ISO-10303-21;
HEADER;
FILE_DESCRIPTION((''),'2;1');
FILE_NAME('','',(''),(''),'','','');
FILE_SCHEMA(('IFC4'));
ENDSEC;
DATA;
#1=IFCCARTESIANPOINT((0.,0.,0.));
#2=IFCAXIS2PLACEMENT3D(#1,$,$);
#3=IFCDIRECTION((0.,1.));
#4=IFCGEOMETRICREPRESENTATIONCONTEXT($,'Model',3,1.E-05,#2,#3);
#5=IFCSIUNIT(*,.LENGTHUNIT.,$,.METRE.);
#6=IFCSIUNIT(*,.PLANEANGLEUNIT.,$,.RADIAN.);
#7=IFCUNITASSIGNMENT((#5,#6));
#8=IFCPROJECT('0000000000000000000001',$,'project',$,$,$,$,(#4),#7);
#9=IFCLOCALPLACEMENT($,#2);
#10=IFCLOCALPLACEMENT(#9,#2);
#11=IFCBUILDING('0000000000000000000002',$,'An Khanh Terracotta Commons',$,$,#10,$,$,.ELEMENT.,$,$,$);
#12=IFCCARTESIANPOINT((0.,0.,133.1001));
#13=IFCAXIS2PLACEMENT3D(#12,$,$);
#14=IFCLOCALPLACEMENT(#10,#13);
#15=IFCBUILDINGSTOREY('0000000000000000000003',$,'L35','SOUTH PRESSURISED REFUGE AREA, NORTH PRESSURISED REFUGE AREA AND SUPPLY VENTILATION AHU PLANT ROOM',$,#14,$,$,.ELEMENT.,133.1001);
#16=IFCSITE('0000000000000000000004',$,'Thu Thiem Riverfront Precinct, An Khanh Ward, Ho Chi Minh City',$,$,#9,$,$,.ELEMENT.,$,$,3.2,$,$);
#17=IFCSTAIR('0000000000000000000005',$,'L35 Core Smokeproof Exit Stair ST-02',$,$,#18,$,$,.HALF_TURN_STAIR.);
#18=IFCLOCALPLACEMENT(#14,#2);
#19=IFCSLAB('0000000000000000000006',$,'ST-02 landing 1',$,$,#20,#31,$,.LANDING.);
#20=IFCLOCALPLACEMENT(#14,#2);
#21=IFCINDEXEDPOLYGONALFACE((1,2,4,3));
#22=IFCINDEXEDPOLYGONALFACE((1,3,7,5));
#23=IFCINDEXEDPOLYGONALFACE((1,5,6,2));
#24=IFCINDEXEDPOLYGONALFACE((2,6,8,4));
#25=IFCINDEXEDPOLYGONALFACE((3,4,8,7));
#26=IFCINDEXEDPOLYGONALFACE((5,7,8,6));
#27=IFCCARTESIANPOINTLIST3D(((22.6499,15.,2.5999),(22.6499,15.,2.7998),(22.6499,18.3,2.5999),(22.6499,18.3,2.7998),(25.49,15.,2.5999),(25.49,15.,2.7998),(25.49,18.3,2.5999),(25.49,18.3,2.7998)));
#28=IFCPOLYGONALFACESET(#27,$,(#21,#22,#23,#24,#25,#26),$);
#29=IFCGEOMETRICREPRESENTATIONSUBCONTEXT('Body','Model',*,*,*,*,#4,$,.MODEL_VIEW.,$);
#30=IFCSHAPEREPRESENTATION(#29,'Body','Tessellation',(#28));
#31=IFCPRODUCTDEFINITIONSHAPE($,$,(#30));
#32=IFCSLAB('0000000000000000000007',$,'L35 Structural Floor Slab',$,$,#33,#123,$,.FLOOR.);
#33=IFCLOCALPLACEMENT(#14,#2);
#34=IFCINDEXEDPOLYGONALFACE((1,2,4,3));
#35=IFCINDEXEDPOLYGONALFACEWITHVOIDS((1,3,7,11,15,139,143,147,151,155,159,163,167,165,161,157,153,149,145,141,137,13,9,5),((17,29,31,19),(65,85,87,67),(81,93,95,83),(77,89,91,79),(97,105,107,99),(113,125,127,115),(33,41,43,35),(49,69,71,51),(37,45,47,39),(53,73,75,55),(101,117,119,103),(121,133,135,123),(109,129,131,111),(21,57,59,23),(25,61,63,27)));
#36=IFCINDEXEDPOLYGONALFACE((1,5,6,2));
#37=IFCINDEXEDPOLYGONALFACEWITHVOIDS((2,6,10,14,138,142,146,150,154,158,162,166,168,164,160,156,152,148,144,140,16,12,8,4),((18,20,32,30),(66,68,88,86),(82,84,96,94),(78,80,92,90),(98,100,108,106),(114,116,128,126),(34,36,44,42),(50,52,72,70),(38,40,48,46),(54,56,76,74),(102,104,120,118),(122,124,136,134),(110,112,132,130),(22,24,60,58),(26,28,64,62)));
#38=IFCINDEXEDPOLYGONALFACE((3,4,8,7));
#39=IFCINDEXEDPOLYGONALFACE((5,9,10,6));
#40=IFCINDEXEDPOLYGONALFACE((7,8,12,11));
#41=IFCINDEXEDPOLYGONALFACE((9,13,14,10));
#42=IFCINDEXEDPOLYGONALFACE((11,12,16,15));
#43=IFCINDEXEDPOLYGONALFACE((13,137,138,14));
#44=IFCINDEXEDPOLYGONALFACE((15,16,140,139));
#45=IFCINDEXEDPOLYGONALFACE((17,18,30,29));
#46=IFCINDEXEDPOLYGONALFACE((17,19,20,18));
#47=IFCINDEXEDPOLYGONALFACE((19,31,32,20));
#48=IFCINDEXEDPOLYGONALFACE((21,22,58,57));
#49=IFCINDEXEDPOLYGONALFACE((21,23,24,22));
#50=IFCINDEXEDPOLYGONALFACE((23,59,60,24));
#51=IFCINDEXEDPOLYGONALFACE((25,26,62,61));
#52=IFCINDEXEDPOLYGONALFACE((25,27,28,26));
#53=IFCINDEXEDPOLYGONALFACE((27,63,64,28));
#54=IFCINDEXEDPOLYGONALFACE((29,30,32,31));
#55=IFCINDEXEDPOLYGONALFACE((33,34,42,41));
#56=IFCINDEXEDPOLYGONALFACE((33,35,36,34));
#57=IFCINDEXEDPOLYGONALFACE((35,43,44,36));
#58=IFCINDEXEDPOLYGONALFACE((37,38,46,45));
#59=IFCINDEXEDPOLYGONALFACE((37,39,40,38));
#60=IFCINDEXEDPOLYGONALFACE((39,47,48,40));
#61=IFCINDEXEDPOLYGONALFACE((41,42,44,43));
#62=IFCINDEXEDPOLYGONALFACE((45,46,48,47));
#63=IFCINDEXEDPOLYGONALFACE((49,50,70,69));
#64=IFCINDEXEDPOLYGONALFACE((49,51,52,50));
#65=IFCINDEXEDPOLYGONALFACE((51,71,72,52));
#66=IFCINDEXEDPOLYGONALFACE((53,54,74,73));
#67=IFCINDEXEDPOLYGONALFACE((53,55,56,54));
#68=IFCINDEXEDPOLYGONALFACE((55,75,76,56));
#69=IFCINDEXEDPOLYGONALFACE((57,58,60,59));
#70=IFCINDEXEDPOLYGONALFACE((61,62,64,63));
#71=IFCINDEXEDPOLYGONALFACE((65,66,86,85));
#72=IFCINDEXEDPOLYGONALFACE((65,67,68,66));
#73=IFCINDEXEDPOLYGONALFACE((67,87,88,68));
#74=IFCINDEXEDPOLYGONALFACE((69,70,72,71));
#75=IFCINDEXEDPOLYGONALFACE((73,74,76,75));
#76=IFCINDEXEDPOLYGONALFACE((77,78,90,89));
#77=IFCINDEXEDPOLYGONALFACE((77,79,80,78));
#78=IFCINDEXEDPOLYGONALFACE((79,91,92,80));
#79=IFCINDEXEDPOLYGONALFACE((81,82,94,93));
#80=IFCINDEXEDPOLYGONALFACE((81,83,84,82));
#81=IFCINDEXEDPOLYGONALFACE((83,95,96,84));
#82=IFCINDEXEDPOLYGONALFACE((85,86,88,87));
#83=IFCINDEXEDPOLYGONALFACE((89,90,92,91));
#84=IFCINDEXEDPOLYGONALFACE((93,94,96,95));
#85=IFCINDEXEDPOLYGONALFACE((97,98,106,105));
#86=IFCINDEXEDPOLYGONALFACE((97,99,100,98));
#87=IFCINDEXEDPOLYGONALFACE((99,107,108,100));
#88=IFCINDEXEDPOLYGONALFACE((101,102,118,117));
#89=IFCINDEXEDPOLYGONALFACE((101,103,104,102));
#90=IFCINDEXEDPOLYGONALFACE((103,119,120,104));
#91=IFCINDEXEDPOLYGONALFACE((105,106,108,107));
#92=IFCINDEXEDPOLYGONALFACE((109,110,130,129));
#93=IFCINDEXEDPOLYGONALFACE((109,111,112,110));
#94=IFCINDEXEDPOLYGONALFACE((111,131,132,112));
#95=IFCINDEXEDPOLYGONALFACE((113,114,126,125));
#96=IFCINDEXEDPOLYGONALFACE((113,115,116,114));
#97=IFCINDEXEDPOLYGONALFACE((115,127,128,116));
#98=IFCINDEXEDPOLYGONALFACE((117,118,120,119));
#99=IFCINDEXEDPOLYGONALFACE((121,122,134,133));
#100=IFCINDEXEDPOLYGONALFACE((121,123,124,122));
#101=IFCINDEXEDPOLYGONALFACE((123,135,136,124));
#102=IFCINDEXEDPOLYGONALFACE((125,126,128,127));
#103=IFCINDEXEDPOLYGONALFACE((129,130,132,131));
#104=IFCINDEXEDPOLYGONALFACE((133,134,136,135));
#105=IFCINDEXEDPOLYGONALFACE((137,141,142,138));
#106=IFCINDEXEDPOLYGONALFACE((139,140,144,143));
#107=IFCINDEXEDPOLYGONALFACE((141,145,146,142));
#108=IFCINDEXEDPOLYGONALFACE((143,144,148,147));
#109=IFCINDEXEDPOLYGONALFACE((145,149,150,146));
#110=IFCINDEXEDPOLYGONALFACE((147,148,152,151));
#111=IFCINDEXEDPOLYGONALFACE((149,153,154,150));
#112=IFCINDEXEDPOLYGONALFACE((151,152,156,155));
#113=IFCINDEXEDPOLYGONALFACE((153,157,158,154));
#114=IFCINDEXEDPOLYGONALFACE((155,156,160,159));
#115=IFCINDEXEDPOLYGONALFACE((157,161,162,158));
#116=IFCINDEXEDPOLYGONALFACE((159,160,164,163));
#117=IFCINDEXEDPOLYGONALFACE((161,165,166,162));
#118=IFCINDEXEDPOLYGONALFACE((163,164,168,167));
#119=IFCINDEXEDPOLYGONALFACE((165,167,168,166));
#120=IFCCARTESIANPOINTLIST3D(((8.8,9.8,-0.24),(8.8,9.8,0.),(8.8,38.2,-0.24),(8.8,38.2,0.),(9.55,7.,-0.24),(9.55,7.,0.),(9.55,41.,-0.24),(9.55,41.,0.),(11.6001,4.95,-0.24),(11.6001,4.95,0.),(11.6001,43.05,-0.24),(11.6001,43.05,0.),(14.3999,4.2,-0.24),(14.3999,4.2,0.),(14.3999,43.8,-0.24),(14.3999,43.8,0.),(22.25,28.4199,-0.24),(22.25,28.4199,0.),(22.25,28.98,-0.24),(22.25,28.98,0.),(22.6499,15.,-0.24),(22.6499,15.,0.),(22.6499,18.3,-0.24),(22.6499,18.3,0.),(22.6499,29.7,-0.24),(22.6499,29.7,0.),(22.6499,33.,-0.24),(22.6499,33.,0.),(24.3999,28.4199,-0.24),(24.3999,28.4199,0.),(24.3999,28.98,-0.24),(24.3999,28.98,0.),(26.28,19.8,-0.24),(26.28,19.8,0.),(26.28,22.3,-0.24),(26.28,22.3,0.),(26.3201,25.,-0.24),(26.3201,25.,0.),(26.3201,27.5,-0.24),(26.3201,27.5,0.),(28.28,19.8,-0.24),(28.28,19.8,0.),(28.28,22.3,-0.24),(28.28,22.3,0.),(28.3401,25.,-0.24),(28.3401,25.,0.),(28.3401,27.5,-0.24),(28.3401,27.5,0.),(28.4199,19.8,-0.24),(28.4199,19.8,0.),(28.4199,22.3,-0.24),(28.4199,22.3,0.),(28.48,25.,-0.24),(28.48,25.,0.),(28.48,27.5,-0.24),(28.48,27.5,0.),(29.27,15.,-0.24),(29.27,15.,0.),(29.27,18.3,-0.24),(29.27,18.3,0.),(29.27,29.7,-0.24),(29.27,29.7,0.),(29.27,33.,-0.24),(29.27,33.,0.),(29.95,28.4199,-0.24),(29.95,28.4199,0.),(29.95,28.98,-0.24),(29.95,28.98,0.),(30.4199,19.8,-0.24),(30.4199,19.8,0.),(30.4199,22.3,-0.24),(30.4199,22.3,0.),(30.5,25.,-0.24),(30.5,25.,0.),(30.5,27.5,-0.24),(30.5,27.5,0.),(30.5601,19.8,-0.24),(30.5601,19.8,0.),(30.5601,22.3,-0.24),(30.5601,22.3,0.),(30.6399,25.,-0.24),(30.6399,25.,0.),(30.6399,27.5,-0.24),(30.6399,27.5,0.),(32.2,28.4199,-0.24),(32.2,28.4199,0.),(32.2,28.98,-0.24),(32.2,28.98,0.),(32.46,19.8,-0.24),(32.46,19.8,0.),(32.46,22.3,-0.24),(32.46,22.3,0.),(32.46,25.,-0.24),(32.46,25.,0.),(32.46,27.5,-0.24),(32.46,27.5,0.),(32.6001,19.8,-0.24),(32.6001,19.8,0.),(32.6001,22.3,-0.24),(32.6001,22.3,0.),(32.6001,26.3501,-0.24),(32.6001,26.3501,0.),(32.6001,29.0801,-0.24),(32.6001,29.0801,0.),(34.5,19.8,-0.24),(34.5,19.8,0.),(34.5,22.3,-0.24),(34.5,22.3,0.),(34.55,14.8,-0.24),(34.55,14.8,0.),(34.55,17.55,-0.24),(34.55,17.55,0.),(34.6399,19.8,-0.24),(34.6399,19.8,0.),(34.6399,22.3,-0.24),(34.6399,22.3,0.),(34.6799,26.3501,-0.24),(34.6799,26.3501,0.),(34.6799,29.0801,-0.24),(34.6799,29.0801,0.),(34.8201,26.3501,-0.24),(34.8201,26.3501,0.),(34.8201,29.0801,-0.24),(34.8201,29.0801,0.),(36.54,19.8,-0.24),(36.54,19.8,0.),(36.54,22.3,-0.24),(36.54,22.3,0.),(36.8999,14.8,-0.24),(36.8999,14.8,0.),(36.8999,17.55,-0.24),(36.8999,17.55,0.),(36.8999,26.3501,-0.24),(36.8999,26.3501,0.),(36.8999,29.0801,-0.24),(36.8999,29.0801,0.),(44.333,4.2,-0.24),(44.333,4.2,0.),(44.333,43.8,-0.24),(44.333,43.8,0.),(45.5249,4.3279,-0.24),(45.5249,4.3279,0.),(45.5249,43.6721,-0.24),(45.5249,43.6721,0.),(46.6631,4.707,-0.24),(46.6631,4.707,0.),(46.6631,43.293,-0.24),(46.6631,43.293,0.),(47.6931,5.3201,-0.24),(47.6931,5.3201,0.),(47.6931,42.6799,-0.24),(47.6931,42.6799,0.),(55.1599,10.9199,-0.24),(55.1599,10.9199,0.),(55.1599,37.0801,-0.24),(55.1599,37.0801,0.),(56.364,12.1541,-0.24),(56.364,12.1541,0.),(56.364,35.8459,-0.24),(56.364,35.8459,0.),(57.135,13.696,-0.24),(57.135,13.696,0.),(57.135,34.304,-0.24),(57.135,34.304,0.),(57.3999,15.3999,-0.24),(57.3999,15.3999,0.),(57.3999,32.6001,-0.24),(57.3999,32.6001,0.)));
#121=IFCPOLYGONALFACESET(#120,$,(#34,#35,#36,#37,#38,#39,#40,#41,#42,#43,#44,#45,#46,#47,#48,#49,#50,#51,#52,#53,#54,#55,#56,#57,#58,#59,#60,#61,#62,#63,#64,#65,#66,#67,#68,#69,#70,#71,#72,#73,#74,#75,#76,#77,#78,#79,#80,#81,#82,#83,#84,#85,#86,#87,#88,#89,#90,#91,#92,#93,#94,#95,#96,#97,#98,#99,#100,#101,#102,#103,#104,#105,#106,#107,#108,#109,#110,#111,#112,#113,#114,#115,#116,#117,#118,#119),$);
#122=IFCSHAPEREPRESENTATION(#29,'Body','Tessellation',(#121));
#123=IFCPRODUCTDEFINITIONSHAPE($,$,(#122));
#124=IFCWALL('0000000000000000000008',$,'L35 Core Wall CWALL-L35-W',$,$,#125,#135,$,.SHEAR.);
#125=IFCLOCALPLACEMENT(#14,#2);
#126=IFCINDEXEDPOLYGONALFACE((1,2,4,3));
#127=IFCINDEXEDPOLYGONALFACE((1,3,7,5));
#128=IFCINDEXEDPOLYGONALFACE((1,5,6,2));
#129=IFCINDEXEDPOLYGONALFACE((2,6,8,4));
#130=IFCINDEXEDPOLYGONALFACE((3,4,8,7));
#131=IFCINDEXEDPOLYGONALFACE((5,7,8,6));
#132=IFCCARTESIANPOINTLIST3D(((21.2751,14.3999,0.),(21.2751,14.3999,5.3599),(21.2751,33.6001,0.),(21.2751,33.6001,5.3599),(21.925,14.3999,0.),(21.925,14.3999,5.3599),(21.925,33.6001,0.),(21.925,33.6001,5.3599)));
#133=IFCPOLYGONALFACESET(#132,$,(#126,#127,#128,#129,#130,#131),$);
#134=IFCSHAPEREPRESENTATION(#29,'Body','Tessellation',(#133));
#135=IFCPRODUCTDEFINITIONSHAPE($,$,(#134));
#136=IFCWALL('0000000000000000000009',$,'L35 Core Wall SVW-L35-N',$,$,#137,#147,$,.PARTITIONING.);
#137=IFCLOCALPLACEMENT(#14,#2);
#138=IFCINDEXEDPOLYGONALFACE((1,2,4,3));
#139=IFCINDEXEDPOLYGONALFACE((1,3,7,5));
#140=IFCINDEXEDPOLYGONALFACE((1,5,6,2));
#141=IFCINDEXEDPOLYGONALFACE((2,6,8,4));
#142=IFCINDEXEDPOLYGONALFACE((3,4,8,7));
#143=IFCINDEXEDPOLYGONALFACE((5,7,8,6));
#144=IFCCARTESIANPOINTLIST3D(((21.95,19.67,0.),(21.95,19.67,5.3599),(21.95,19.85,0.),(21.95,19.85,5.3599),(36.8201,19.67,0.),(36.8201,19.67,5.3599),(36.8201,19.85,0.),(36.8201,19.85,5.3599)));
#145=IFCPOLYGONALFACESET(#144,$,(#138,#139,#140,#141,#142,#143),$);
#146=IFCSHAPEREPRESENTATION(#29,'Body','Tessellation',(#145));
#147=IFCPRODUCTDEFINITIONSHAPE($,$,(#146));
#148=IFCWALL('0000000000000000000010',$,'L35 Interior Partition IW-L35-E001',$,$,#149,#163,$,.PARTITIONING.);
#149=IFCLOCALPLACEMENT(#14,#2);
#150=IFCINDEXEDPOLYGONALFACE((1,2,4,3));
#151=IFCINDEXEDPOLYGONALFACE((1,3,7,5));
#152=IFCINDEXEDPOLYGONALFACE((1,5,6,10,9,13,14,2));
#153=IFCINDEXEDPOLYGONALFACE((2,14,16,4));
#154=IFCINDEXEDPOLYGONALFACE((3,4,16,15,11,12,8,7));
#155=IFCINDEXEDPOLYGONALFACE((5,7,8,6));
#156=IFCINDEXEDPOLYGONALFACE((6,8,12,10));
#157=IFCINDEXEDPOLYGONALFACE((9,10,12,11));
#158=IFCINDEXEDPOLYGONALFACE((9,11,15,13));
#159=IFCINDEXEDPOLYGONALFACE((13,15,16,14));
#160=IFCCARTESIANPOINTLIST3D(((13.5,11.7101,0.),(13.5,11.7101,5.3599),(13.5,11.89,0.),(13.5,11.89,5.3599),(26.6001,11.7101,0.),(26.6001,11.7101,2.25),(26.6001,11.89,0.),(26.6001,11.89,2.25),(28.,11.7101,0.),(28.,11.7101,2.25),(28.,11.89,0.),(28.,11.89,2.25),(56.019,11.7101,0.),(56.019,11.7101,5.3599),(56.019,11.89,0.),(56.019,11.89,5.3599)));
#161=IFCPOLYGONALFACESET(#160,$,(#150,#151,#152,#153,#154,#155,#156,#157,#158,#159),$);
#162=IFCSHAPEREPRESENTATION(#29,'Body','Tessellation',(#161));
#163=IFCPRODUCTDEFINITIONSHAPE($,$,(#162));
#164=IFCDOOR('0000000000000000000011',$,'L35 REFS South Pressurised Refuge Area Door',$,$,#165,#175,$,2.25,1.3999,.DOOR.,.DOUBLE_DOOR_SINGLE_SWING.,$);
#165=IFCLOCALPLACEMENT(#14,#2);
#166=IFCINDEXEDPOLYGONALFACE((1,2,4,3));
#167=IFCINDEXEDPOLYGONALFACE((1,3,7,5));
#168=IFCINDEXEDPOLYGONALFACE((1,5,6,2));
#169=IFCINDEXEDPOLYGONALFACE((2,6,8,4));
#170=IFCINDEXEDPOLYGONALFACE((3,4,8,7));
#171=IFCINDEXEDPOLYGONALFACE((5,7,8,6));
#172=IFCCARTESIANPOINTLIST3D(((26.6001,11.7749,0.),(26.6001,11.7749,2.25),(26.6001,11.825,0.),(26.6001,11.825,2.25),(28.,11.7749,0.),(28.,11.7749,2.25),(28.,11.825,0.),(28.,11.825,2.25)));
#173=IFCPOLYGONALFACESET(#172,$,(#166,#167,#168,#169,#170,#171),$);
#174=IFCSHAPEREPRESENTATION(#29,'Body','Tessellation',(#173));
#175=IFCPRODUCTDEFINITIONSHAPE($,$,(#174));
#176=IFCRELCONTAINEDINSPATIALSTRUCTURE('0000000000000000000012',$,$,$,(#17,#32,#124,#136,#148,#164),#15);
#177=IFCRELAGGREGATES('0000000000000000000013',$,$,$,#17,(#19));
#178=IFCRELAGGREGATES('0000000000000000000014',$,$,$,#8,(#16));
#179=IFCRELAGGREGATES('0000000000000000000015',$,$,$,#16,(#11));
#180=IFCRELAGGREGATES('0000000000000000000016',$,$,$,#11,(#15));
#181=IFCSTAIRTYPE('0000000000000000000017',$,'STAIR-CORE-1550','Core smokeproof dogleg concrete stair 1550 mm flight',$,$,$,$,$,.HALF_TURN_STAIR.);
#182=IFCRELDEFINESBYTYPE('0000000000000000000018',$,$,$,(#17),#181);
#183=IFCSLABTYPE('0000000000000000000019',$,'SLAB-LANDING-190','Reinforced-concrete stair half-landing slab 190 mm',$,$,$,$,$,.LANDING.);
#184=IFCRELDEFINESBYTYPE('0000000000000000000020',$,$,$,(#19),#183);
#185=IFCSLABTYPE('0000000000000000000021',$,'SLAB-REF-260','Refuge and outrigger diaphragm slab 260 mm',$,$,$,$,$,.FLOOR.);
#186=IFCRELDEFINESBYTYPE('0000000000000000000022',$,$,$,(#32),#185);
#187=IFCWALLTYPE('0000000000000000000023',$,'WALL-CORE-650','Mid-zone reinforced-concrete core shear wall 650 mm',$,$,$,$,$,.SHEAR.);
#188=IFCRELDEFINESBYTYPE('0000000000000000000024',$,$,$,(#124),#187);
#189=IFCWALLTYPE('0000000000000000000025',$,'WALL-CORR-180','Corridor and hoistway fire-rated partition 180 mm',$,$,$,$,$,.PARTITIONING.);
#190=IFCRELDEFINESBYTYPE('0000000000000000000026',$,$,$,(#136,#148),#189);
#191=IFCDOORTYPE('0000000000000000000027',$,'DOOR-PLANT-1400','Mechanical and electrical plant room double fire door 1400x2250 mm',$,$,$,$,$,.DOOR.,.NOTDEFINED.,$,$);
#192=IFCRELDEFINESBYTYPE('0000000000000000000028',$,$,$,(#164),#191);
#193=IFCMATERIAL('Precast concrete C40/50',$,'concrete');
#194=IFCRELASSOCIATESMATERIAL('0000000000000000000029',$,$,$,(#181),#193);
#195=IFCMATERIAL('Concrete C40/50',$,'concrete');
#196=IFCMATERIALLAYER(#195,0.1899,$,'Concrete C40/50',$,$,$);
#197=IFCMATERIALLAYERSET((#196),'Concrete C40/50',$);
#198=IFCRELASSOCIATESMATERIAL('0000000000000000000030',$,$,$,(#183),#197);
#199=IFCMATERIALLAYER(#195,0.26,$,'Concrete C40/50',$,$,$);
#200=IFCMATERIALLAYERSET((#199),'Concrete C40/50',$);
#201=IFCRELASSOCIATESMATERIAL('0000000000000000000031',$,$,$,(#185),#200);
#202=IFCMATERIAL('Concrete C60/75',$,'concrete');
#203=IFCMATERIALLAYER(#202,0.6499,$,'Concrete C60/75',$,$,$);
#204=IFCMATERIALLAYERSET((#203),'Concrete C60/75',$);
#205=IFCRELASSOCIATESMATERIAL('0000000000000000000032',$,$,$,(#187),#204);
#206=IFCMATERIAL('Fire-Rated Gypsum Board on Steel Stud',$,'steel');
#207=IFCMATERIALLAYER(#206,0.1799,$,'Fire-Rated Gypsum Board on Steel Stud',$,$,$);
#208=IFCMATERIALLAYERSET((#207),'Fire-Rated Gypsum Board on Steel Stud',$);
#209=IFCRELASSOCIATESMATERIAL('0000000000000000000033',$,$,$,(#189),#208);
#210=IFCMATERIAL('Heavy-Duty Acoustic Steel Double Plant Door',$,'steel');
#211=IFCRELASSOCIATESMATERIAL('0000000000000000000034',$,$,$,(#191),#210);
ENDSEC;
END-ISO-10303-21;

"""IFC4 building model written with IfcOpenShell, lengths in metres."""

from ifc_helpers import new_model, si_unit, direction, frame, frame_2d, origin, place, context, subcontext, project, spatial, polyline, rectangle, outline, extrude, material, layer, layer_set, type_object, element, fill, aggregate, save


model = new_model("IFC4")

# Units and contexts
model_context = context("Model", 3, precision=1e-05, world=origin(), true_north=direction((0.0, 1.0)))
body_context = subcontext(model_context, "Body", "Model", "MODEL_VIEW")
ifc_project = project(units=[si_unit("LENGTHUNIT", "METRE"), si_unit("PLANEANGLEUNIT", "RADIAN")], contexts=[model_context])

# Site, building, storey
site_placement = place(None, origin())
site = spatial("IfcSite", under=ifc_project, at=site_placement, Name="Thu Thiem Riverfront Precinct, An Khanh Ward, Ho Chi Minh City", CompositionType="ELEMENT", RefElevation=3.2)
building_placement = place(site_placement, origin())
building = spatial("IfcBuilding", under=site, at=building_placement, Name="An Khanh Terracotta Commons", CompositionType="ELEMENT")
storey_placement = place(building_placement, frame((0.0, 0.0, 133.1001)))
storey = spatial("IfcBuildingStorey", under=building, at=storey_placement, Name="L35", Description="SOUTH PRESSURISED REFUGE AREA, NORTH PRESSURISED REFUGE AREA AND SUPPLY VENTILATION AHU PLANT ROOM", CompositionType="ELEMENT", Elevation=133.1001)

# Shared definitions
ifc_material_1 = material(Name="Concrete C60/75", Category="concrete")

# Stair, slab
ifc_material_2 = material(Name="Precast concrete C40/50", Category="concrete")
stair_type = type_object("IfcStairType", Name="STAIR-CORE-1550", Description="Core smokeproof dogleg concrete stair 1550 mm flight", PredefinedType="HALF_TURN_STAIR", material=ifc_material_2)
ifc_material_3 = material(Name="Concrete C40/50", Category="concrete")
ifc_layer_1 = layer(ifc_material_3, 0.1899, Name="Concrete C40/50")
ifc_layer_set_1 = layer_set([ifc_layer_1], Name="Concrete C40/50")
slab_type_1 = type_object("IfcSlabType", Name="SLAB-LANDING-190", Description="Reinforced-concrete stair half-landing slab 190 mm", PredefinedType="LANDING", material=ifc_layer_set_1)
stair_1_placement = place(storey_placement, origin())
stair_1 = element("IfcStair", 1, at=stair_1_placement, inside=storey, type_object=stair_type, Name="L35 Core Smokeproof Exit Stair ST-02", PredefinedType="HALF_TURN_STAIR")
slab_1_placement = place(storey_placement, frame((0.0, 0.0, 2.5999)))
slab_1 = element("IfcSlab", 2, at=slab_1_placement, type_object=slab_type_1, Name="ST-02 landing 1", PredefinedType="LANDING", context=body_context, shape_type="SweptSolid", body=[
    extrude(outline(polyline([(25.49, 18.3), (22.6499, 18.3), (22.6499, 15.0), (25.49, 15.0), (25.49, 18.3)])), origin(), (0.0, 0.0, 1.0), 0.2),
])
aggregate(stair_1, [slab_1])

# Slab
ifc_layer_2 = layer(ifc_material_3, 0.26, Name="Concrete C40/50")
ifc_layer_set_2 = layer_set([ifc_layer_2], Name="Concrete C40/50")
slab_type_2 = type_object("IfcSlabType", Name="SLAB-REF-260", Description="Refuge and outrigger diaphragm slab 260 mm", PredefinedType="FLOOR", material=ifc_layer_set_2)
slab_2_placement = place(storey_placement, frame((0.0, 0.0, -0.24)))
element("IfcSlab", 3, at=slab_2_placement, inside=storey, type_object=slab_type_2, Name="L35 Structural Floor Slab", PredefinedType="FLOOR", context=body_context, shape_type="SweptSolid", body=[
    extrude(outline(polyline([(8.8, 9.8), (9.55, 7.0), (11.6001, 4.95), (14.3999, 4.2), (44.333, 4.2), (45.5249, 4.3279), (46.6631, 4.707), (47.6931, 5.3201), (55.1599, 10.9199), (56.364, 12.1541), (57.135, 13.696), (57.3999, 15.3999), (57.3999, 32.6001), (57.135, 34.304), (56.364, 35.8459), (55.1599, 37.0801), (47.6931, 42.6799), (46.6631, 43.293), (45.5249, 43.6721), (44.333, 43.8), (14.3999, 43.8), (11.6001, 43.05), (9.55, 41.0), (8.8, 38.2), (8.8, 9.8)]), holes=[polyline([(22.6499, 29.7), (29.27, 29.7), (29.27, 33.0), (22.6499, 33.0), (22.6499, 29.7)]), polyline([(22.6499, 15.0), (29.27, 15.0), (29.27, 18.3), (22.6499, 18.3), (22.6499, 15.0)]), polyline([(32.6001, 26.3501), (34.6799, 26.3501), (34.6799, 29.0801), (32.6001, 29.0801), (32.6001, 26.3501)]), polyline([(34.8201, 26.3501), (36.8999, 26.3501), (36.8999, 29.0801), (34.8201, 29.0801), (34.8201, 26.3501)]), polyline([(34.55, 14.8), (36.8999, 14.8), (36.8999, 17.55), (34.55, 17.55), (34.55, 14.8)]), polyline([(26.3201, 25.0), (28.3401, 25.0), (28.3401, 27.5), (26.3201, 27.5), (26.3201, 25.0)]), polyline([(28.48, 25.0), (30.5, 25.0), (30.5, 27.5), (28.48, 27.5), (28.48, 25.0)]), polyline([(26.28, 19.8), (28.28, 19.8), (28.28, 22.3), (26.28, 22.3), (26.28, 19.8)]), polyline([(28.4199, 19.8), (30.4199, 19.8), (30.4199, 22.3), (28.4199, 22.3), (28.4199, 19.8)]), polyline([(30.6399, 25.0), (32.46, 25.0), (32.46, 27.5), (30.6399, 27.5), (30.6399, 25.0)]), polyline([(30.5601, 19.8), (32.46, 19.8), (32.46, 22.3), (30.5601, 22.3), (30.5601, 19.8)]), polyline([(32.6001, 19.8), (34.5, 19.8), (34.5, 22.3), (32.6001, 22.3), (32.6001, 19.8)]), polyline([(34.6399, 19.8), (36.54, 19.8), (36.54, 22.3), (34.6399, 22.3), (34.6399, 19.8)]), polyline([(22.25, 28.4199), (24.3999, 28.4199), (24.3999, 28.98), (22.25, 28.98), (22.25, 28.4199)]), polyline([(29.95, 28.4199), (32.2, 28.4199), (32.2, 28.98), (29.95, 28.98), (29.95, 28.4199)])]), origin(), (0.0, 0.0, 1.0), 0.24),
])

# Walls
ifc_layer_3 = layer(ifc_material_1, 0.6499, Name="Concrete C60/75")
ifc_layer_set_3 = layer_set([ifc_layer_3], Name="Concrete C60/75")
wall_type_1 = type_object("IfcWallType", Name="WALL-CORE-650", Description="Mid-zone reinforced-concrete core shear wall 650 mm", PredefinedType="SHEAR", material=ifc_layer_set_3)
wall_1_placement = place(storey_placement, frame((21.6001, 14.3999, 0.0), z_axis=(0.0, 0.0, 1.0), x_axis=(0.0, 1.0, 0.0)))
element("IfcWall", 4, at=wall_1_placement, inside=storey, type_object=wall_type_1, Name="L35 Core Wall CWALL-L35-W", PredefinedType="SHEAR", context=body_context, shape_type="SweptSolid", body=[
    extrude(rectangle(XDim=19.2002, YDim=0.6499, at=frame_2d((9.6001, 0.0))), origin(), (0.0, 0.0, 1.0), 5.3599),
])
ifc_material_4 = material(Name="Fire-Rated Gypsum Board on Steel Stud", Category="steel")
ifc_layer_4 = layer(ifc_material_4, 0.1799, Name="Fire-Rated Gypsum Board on Steel Stud")
ifc_layer_set_4 = layer_set([ifc_layer_4], Name="Fire-Rated Gypsum Board on Steel Stud")
wall_type_2 = type_object("IfcWallType", Name="WALL-CORR-180", Description="Corridor and hoistway fire-rated partition 180 mm", PredefinedType="PARTITIONING", material=ifc_layer_set_4)
wall_2_placement = place(storey_placement, frame((21.95, 19.76, 0.0), z_axis=(0.0, 0.0, 1.0), x_axis=(1.0, 0.0, 0.0)))
element("IfcWall", 5, at=wall_2_placement, inside=storey, type_object=wall_type_2, Name="L35 Core Wall SVW-L35-N", PredefinedType="PARTITIONING", context=body_context, shape_type="SweptSolid", body=[
    extrude(rectangle(XDim=14.8701, YDim=0.1799, at=frame_2d((7.4351, 0.0))), origin(), (0.0, 0.0, 1.0), 5.3599),
])

# Wall, opening, door
wall_3_placement = place(storey_placement, frame((13.5, 11.8, 0.0), z_axis=(0.0, 0.0, 1.0), x_axis=(1.0, 0.0, 0.0)))
wall_3 = element("IfcWall", 6, at=wall_3_placement, inside=storey, type_object=wall_type_2, Name="L35 Interior Partition IW-L35-E001", PredefinedType="PARTITIONING", context=body_context, shape_type="SweptSolid", body=[
    extrude(rectangle(XDim=42.519, YDim=0.1799, at=frame_2d((21.2595, 0.0))), origin(), (0.0, 0.0, 1.0), 5.3599),
])
opening_1_placement = place(wall_3_placement, frame((13.1001, 0.0, 0.0)))
opening_1 = element("IfcOpeningElement", 7, at=opening_1_placement, cuts=wall_3, PredefinedType="OPENING", context=body_context, shape_type="SweptSolid", body=[
    extrude(rectangle(XDim=1.3999, YDim=2.25, at=frame_2d((0.7, 1.125))), frame((0.0, 0.0999, 0.0), z_axis=(0.0, -1.0, 0.0), x_axis=(1.0, 0.0, 0.0)), (0.0, 0.0, 1.0), 0.2),
])
ifc_material_5 = material(Name="Heavy-Duty Acoustic Steel Double Plant Door", Category="steel")
door_type = type_object("IfcDoorType", Name="DOOR-PLANT-1400", Description="Mechanical and electrical plant room double fire door 1400x2250 mm", OperationType="NOTDEFINED", PredefinedType="DOOR", material=ifc_material_5)
door_1_placement = place(opening_1_placement, origin())
door_1 = element("IfcDoor", 8, at=door_1_placement, inside=storey, type_object=door_type, Name="L35 REFS South Pressurised Refuge Area Door", OperationType="DOUBLE_DOOR_SINGLE_SWING", OverallHeight=2.25, OverallWidth=1.3999, PredefinedType="DOOR", context=body_context, shape_type="SweptSolid", body=[
    extrude(rectangle(XDim=1.3999, YDim=2.25, at=frame_2d((0.7, 1.125))), frame((0.0, 0.0249, 0.0), z_axis=(0.0, -1.0, 0.0), x_axis=(1.0, 0.0, 0.0)), (0.0, 0.0, 1.0), 0.05),
])
fill(opening_1, door_1)

save(model, "model.ifc")
